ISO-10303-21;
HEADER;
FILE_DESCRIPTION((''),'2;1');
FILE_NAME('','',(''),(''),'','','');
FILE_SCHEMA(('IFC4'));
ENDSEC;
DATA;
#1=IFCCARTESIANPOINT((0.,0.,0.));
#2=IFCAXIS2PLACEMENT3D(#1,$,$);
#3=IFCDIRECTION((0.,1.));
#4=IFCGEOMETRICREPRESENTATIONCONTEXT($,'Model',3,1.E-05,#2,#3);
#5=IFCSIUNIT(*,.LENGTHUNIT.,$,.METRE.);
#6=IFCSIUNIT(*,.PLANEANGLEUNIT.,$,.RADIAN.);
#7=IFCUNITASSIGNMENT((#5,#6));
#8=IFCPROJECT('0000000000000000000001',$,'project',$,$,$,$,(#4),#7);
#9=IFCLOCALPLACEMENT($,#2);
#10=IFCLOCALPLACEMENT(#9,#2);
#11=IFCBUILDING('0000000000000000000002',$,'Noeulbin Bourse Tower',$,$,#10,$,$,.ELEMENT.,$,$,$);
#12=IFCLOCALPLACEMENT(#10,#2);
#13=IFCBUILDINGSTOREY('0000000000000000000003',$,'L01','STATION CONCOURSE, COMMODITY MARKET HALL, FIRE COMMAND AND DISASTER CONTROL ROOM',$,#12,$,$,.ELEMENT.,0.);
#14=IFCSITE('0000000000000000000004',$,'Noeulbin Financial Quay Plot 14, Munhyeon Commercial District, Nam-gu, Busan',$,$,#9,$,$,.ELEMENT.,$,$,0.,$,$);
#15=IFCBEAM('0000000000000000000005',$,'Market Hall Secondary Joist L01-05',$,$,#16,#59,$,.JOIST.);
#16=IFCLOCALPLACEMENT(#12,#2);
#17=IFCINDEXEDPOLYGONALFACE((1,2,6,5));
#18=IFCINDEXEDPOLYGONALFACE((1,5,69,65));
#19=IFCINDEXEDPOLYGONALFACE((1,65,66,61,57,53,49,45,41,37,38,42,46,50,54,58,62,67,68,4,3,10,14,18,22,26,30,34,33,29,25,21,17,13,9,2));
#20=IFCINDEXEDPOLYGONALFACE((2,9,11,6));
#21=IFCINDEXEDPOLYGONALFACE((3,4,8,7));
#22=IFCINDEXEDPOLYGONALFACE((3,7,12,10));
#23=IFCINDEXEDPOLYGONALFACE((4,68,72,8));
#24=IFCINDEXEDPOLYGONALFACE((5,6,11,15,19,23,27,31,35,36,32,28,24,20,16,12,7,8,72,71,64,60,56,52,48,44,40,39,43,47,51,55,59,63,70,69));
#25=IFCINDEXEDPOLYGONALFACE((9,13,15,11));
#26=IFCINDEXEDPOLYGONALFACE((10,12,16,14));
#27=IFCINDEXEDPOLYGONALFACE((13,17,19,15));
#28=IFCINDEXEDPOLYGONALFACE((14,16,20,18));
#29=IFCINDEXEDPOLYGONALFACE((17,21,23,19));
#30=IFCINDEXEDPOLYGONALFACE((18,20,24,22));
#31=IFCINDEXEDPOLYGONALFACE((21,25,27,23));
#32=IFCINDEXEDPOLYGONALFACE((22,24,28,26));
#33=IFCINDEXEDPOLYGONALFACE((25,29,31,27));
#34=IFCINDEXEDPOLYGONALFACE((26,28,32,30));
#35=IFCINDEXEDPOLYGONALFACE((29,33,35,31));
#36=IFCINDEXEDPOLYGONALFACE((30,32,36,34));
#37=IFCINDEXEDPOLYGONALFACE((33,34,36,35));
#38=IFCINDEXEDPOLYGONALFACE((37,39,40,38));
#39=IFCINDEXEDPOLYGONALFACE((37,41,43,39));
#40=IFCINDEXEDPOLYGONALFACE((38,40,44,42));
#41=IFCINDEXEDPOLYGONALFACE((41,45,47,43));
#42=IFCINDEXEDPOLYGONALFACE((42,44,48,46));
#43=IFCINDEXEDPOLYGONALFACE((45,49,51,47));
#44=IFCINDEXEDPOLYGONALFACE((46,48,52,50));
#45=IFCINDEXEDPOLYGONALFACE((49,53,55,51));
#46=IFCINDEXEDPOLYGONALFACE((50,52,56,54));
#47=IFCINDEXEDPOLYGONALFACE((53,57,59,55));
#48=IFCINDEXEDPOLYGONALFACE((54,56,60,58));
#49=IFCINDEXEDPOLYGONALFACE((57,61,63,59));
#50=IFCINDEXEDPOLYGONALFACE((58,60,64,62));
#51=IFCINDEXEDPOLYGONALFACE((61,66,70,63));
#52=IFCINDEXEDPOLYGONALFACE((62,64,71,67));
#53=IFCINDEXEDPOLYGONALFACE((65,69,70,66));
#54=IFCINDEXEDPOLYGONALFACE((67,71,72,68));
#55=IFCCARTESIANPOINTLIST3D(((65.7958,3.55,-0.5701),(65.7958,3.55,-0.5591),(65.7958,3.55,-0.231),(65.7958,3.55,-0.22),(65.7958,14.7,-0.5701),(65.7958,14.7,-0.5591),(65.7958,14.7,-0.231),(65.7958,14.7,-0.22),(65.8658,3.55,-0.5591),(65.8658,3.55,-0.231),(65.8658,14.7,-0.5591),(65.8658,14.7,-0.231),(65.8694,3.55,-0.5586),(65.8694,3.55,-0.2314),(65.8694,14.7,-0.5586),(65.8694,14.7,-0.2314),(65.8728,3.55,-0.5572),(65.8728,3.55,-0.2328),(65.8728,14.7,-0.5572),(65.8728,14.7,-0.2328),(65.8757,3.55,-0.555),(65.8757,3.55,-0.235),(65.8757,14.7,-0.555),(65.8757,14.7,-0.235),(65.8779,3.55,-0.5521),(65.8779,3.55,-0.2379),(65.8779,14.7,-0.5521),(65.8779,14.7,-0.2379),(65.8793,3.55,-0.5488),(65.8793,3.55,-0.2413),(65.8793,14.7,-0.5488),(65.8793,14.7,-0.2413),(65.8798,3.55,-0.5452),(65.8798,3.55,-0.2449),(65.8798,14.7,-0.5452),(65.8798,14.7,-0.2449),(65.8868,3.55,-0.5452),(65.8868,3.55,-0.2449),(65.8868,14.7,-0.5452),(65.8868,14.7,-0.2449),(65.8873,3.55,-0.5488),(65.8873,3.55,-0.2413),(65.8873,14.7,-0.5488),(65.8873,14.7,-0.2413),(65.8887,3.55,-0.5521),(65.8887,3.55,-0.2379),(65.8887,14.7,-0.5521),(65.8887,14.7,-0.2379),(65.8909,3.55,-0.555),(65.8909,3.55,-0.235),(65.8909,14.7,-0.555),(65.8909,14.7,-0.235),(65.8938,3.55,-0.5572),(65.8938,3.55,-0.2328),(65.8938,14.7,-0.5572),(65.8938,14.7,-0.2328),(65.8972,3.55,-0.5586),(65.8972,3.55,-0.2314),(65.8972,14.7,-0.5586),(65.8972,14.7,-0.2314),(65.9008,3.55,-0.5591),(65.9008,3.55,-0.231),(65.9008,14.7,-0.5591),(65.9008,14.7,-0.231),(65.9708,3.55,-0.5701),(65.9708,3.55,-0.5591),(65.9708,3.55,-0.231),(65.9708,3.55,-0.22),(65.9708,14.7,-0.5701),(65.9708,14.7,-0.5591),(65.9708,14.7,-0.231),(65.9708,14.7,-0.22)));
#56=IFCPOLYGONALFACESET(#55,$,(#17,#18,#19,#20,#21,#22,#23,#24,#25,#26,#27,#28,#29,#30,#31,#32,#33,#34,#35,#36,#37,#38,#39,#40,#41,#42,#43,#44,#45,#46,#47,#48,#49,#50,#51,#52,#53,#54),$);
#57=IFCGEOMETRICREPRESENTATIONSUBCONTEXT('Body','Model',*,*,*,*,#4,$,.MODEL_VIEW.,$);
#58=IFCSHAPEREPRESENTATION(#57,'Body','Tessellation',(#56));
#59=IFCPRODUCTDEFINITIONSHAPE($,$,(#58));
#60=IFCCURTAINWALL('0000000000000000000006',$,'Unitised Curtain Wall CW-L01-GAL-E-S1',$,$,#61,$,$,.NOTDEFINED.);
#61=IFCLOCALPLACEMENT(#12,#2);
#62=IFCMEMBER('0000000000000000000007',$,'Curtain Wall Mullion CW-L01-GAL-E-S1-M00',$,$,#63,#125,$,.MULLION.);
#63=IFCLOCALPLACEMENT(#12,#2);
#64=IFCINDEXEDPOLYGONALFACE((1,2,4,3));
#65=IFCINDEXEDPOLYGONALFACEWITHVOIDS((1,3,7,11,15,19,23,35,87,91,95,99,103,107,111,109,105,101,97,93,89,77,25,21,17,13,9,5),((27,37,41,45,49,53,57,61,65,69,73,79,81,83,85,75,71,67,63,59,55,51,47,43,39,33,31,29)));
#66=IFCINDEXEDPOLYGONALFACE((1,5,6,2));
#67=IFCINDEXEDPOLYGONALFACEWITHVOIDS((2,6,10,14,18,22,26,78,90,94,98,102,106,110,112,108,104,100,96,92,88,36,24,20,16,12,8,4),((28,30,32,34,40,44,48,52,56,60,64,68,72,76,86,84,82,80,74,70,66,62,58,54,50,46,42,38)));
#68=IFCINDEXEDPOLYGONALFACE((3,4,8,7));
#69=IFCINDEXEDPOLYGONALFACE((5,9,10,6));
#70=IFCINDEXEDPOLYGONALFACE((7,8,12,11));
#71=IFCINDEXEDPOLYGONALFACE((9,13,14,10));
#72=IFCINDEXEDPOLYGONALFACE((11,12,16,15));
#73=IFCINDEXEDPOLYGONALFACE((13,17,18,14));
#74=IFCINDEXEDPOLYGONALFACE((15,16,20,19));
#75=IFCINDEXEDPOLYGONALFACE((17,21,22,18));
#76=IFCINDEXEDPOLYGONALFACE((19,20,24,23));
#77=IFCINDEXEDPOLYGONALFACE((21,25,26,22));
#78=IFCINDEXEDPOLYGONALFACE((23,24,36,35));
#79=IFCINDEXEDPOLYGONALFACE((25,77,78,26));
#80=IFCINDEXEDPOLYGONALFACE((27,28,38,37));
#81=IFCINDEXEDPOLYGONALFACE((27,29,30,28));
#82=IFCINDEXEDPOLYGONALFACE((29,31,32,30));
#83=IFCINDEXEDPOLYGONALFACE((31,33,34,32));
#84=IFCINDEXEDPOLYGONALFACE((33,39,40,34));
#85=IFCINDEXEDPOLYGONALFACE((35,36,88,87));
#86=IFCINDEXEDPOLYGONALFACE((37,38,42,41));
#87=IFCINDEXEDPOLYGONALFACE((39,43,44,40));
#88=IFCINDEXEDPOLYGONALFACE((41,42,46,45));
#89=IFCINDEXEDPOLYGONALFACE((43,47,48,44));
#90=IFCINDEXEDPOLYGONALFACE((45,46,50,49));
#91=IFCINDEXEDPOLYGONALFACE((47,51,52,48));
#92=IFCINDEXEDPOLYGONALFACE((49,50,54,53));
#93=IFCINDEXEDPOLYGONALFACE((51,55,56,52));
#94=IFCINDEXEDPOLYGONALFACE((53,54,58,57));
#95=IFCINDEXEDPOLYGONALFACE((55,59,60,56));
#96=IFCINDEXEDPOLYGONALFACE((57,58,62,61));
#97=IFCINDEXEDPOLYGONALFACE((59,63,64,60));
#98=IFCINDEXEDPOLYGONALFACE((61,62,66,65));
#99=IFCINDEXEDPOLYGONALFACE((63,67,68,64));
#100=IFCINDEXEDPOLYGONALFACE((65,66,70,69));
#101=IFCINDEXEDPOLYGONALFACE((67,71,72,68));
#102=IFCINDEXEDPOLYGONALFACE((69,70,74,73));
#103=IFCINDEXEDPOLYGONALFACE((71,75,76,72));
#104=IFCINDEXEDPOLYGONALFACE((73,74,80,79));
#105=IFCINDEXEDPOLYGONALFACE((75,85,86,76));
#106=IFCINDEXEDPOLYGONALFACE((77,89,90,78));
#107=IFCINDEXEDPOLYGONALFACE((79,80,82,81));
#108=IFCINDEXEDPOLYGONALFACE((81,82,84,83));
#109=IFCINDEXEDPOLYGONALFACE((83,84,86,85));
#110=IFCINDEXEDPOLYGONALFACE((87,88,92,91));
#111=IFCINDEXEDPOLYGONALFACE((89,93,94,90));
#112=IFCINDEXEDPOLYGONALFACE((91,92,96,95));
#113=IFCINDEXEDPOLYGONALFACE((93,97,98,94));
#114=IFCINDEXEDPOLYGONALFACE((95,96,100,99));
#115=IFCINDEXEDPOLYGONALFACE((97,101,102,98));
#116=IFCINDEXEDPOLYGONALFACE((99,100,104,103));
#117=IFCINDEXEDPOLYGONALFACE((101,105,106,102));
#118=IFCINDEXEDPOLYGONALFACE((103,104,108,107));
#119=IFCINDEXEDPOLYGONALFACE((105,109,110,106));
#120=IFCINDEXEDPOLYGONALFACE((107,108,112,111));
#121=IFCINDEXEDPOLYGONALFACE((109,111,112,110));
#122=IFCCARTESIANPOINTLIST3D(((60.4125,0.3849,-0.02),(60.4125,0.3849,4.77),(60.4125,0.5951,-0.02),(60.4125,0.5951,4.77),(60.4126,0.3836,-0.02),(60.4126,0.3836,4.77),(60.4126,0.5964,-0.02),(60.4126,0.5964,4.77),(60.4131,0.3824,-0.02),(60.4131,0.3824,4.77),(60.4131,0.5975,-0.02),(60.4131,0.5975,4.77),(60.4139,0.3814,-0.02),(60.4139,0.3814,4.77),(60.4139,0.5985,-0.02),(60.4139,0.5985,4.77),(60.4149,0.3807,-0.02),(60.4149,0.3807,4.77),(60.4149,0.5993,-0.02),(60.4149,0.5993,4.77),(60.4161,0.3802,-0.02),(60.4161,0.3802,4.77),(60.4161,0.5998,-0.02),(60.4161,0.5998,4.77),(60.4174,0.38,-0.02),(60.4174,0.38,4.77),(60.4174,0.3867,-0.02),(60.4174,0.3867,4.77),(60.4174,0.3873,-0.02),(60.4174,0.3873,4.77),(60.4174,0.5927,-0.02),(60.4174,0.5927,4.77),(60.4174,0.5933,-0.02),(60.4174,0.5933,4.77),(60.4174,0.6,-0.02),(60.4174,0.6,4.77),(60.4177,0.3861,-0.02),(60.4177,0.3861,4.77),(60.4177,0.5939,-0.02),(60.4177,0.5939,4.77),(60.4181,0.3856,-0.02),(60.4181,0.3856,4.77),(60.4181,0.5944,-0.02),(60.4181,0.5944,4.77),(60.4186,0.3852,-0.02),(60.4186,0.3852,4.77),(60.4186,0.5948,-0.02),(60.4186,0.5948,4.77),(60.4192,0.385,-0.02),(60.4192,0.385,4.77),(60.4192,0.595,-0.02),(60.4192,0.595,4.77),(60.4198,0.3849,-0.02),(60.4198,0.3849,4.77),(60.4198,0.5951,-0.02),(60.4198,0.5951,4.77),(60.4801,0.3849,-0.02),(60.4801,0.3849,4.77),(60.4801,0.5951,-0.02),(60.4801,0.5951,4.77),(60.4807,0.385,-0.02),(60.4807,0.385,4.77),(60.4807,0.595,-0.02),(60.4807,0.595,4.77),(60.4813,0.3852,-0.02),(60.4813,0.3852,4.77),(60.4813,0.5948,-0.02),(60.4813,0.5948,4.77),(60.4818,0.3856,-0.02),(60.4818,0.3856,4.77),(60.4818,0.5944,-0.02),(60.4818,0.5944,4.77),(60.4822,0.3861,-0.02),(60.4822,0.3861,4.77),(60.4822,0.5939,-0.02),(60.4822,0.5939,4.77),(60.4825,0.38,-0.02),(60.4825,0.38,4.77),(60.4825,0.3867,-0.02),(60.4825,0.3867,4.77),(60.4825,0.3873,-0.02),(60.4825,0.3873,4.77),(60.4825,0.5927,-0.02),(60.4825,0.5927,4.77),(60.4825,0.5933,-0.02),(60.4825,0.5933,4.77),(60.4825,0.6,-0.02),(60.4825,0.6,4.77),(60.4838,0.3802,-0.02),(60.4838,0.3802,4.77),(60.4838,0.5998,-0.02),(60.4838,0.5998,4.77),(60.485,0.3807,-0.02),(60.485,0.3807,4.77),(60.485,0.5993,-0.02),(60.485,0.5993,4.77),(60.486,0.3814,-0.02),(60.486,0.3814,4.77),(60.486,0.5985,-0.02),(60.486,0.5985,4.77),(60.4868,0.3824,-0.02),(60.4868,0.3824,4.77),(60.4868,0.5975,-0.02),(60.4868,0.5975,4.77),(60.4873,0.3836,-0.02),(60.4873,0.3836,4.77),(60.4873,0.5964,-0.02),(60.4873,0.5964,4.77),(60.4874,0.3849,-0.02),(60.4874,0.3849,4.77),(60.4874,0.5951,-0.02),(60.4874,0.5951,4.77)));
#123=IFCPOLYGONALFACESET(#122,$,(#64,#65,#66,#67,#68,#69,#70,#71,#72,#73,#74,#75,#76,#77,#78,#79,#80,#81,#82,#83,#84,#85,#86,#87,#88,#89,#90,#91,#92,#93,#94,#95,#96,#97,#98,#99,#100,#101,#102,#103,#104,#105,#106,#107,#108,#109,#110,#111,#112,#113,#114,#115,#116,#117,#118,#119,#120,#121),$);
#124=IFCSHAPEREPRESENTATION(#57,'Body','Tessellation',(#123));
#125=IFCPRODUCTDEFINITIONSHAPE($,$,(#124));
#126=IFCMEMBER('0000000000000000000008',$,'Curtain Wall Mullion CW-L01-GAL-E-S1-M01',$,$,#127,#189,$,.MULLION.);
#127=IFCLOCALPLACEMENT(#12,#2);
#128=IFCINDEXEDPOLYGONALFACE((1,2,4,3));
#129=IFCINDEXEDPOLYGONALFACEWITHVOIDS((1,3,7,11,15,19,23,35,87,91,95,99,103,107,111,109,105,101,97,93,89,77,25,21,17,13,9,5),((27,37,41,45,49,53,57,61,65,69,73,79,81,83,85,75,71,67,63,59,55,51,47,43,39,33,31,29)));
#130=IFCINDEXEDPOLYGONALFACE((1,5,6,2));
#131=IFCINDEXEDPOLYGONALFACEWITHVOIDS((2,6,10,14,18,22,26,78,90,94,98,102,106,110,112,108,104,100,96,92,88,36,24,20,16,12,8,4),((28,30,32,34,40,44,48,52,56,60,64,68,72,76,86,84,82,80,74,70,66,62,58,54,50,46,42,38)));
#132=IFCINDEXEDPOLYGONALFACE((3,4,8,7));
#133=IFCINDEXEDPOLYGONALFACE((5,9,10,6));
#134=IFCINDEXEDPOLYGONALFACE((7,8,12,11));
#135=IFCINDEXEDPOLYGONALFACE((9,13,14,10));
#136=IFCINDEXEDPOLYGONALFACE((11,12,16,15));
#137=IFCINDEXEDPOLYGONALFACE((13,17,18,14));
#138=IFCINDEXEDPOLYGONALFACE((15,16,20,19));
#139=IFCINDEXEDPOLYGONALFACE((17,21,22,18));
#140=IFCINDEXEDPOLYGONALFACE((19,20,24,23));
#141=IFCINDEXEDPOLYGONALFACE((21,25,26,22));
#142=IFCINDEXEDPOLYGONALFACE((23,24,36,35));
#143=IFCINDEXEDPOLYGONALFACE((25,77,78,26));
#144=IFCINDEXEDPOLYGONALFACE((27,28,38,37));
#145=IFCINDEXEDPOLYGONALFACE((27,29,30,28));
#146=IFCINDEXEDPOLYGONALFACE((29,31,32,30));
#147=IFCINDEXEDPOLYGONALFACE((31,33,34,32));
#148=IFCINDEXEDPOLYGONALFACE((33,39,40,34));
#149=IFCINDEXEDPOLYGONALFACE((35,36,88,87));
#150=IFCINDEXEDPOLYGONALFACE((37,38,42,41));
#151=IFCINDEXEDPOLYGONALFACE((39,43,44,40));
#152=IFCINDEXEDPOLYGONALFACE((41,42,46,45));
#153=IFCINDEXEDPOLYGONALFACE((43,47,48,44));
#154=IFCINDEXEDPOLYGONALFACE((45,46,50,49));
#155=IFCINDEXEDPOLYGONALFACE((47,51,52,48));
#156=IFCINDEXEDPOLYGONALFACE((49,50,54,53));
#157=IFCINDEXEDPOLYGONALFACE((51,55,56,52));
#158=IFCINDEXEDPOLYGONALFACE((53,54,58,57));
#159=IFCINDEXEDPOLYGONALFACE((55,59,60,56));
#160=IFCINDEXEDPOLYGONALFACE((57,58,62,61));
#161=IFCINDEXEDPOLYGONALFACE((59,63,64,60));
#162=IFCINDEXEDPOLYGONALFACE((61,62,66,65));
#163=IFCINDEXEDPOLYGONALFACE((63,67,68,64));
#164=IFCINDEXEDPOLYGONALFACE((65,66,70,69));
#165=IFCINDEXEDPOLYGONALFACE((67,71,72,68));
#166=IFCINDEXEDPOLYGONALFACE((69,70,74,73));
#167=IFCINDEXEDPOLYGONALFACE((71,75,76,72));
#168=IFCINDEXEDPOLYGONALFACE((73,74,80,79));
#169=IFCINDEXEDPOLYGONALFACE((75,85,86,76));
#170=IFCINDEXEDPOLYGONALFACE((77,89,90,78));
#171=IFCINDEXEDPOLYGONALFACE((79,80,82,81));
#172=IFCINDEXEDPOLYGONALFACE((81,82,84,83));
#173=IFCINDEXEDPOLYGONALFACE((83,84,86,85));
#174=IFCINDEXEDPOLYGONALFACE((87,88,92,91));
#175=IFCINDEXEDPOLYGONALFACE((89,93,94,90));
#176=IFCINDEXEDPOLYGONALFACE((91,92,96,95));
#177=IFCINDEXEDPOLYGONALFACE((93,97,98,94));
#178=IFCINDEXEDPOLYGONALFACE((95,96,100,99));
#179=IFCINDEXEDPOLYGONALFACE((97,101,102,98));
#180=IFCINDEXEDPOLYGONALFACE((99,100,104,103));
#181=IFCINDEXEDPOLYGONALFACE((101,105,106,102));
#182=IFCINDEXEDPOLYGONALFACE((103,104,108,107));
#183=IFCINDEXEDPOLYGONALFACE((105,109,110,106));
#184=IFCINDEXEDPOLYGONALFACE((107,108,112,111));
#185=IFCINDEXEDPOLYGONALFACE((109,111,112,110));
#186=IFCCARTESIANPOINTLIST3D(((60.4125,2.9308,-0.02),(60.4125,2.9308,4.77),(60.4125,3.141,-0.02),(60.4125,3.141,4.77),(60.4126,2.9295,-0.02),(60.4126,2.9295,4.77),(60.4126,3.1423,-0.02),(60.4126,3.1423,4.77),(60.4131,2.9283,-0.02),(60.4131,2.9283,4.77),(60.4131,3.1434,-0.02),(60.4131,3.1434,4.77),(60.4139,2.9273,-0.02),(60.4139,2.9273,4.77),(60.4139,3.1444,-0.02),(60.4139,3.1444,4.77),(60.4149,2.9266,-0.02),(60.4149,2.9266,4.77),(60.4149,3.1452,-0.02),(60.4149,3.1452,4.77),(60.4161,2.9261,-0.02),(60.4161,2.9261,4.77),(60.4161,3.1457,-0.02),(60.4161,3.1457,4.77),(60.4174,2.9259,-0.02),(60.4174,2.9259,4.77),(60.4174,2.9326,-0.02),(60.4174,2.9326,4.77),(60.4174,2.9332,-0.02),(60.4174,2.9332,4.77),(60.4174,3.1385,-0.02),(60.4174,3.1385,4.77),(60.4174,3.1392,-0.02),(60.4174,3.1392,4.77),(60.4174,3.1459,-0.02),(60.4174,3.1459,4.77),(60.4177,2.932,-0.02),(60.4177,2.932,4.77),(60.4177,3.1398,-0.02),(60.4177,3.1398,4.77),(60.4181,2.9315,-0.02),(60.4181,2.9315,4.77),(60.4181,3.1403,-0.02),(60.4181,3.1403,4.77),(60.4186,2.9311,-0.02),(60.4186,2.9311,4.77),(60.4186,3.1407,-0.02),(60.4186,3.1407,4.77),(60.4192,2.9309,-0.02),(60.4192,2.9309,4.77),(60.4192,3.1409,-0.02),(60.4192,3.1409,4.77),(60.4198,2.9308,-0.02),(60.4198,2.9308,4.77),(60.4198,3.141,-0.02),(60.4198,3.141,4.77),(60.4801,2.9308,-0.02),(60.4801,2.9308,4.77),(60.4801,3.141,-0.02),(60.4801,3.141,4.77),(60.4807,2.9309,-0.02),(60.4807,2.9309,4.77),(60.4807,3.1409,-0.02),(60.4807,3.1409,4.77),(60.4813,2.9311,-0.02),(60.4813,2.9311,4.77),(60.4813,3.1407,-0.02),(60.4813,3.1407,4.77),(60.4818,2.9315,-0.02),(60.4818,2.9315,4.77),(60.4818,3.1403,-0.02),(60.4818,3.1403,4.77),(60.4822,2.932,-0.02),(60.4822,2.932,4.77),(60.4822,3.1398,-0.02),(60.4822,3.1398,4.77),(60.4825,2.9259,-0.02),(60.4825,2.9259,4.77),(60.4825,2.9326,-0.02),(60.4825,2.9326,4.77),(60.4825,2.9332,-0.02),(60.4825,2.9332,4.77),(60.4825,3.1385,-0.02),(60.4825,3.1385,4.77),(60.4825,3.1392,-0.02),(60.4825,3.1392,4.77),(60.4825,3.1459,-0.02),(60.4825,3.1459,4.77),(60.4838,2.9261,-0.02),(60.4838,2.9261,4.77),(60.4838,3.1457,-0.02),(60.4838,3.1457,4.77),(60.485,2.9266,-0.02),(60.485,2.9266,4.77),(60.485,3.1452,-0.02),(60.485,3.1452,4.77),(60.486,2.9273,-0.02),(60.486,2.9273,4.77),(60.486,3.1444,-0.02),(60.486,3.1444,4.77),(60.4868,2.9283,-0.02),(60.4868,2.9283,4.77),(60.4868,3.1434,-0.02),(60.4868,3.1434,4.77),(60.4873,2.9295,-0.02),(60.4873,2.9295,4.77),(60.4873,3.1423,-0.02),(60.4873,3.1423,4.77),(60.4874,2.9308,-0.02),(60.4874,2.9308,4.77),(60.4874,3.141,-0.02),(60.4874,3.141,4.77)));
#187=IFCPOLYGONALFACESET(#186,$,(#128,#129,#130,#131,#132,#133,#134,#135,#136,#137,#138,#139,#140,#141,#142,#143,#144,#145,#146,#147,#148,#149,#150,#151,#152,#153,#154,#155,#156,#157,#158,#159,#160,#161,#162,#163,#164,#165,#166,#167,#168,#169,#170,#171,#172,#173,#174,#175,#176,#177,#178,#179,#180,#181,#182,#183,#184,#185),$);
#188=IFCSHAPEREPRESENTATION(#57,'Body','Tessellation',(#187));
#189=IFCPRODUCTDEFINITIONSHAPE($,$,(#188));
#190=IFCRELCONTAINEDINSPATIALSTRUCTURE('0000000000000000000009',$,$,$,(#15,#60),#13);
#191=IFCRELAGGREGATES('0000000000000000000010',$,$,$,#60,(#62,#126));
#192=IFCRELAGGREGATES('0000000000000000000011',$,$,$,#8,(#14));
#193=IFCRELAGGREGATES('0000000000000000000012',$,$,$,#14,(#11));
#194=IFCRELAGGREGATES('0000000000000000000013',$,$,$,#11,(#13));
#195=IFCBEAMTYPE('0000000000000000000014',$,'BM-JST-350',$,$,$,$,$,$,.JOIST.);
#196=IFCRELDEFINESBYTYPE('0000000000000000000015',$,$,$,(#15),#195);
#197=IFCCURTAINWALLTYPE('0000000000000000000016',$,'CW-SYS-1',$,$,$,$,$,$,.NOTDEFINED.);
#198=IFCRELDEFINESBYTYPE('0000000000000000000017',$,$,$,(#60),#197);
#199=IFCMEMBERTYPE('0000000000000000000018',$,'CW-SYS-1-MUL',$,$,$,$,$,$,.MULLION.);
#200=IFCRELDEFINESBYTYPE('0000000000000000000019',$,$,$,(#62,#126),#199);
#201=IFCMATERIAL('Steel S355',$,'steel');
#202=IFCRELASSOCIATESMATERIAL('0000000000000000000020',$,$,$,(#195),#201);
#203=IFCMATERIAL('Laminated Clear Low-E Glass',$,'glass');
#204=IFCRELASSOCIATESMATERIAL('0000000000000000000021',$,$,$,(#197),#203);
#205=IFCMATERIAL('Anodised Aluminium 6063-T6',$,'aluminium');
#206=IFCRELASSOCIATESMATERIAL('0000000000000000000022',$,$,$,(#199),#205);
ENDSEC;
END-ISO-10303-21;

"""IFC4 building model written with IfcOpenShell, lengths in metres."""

from ifc_helpers import new_model, si_unit, direction, frame, origin, origin_2d, place, context, subcontext, project, spatial, hollow_rectangle, i_section, extrude, material, material_profile, profile_set, type_object, element, aggregate, save


model = new_model("IFC4")

# Units and contexts
model_context = context("Model", 3, precision=1e-05, world=origin(), true_north=direction((0.0, 1.0)))
body_context = subcontext(model_context, "Body", "Model", "MODEL_VIEW")
ifc_project = project(units=[si_unit("LENGTHUNIT", "METRE"), si_unit("PLANEANGLEUNIT", "RADIAN")], contexts=[model_context])

# Site, building, storey
site_placement = place(None, origin())
site = spatial("IfcSite", under=ifc_project, at=site_placement, Name="Noeulbin Financial Quay Plot 14, Munhyeon Commercial District, Nam-gu, Busan", CompositionType="ELEMENT", RefElevation=0.0)
building_placement = place(site_placement, origin())
building = spatial("IfcBuilding", under=site, at=building_placement, Name="Noeulbin Bourse Tower", CompositionType="ELEMENT")
storey_placement = place(building_placement, origin())
storey = spatial("IfcBuildingStorey", under=building, at=storey_placement, Name="L01", Description="STATION CONCOURSE, COMMODITY MARKET HALL, FIRE COMMAND AND DISASTER CONTROL ROOM", CompositionType="ELEMENT", Elevation=0.0)

# Shared definitions
ifc_material_1 = material(Name="Steel S355", Category="steel")

# Beam
ifc_material_profile_1 = material_profile(ifc_material_1, i_section(OverallWidth=0.175, OverallDepth=0.3501, WebThickness=0.0071, FlangeThickness=0.011, FilletRadius=0.0139, at=origin_2d()), Name="H-350x175x7x11", Category="LoadBearing")
ifc_profile_set_1 = profile_set([ifc_material_profile_1], Name="Steel S355")
beam_type_1 = type_object("IfcBeamType", Name="BM-JST-350", PredefinedType="JOIST", material=ifc_profile_set_1)
for number, where, z_axis, x_axis, name in (
    (1, (65.8833, 3.55, -0.395), (0.0, 1.0, 0.0), (-1.0, 0.0, 0.0), "Market Hall Secondary Joist L01-05"),
):
    element("IfcBeam", number, at=place(storey_placement, frame(where, z_axis=z_axis, x_axis=x_axis)), inside=storey, type_object=beam_type_1, Name=name, PredefinedType="JOIST", context=body_context, shape_type="SweptSolid", body=[
        extrude(i_section(OverallWidth=0.175, OverallDepth=0.3501, WebThickness=0.0071, FlangeThickness=0.011, FilletRadius=0.0139, at=origin_2d()), origin(), (0.0, 0.0, 1.0), 11.1499),
    ])

# Curtain wall, members
ifc_material_2 = material(Name="Laminated Clear Low-E Glass", Category="glass")
curtain_wall_type = type_object("IfcCurtainWallType", Name="CW-SYS-1", PredefinedType="NOTDEFINED", material=ifc_material_2)
curtain_wall_1_placement = place(storey_placement, origin())
curtain_wall_1 = element("IfcCurtainWall", 2, at=curtain_wall_1_placement, inside=storey, type_object=curtain_wall_type, Name="Unitised Curtain Wall CW-L01-GAL-E-S1", PredefinedType="NOTDEFINED")
ifc_material_3 = material(Name="Anodised Aluminium 6063-T6", Category="aluminium")
ifc_material_profile_2 = material_profile(ifc_material_3, hollow_rectangle(XDim=0.075, YDim=0.22, WallThickness=0.0049, InnerFilletRadius=0.0024, OuterFilletRadius=0.0049, at=origin_2d()), Name="ALU-MULL-75x220x5", Category="LoadBearing")
ifc_profile_set_2 = profile_set([ifc_material_profile_2], Name="Anodised Aluminium 6063-T6")
member_type_1 = type_object("IfcMemberType", Name="CW-SYS-1-MUL", PredefinedType="MULLION", material=ifc_profile_set_2)
member_1_placement = place(storey_placement, frame((60.45, 0.49, -0.02), z_axis=(0.0, 0.0, 1.0), x_axis=(1.0, 0.0, 0.0)))
member_1 = element("IfcMember", 3, at=member_1_placement, type_object=member_type_1, Name="Curtain Wall Mullion CW-L01-GAL-E-S1-M00", PredefinedType="MULLION", context=body_context, shape_type="SweptSolid", body=[
    extrude(hollow_rectangle(XDim=0.075, YDim=0.22, WallThickness=0.0049, InnerFilletRadius=0.0024, OuterFilletRadius=0.0049, at=origin_2d()), origin(), (0.0, 0.0, 1.0), 4.79),
])
member_2_placement = place(storey_placement, frame((60.45, 3.0359, -0.02), z_axis=(0.0, 0.0, 1.0), x_axis=(1.0, 0.0, 0.0)))
member_2 = element("IfcMember", 4, at=member_2_placement, type_object=member_type_1, Name="Curtain Wall Mullion CW-L01-GAL-E-S1-M01", PredefinedType="MULLION", context=body_context, shape_type="SweptSolid", body=[
    extrude(hollow_rectangle(XDim=0.075, YDim=0.22, WallThickness=0.0049, InnerFilletRadius=0.0024, OuterFilletRadius=0.0049, at=origin_2d()), origin(), (0.0, 0.0, 1.0), 4.79),
])

aggregate(curtain_wall_1, [member_1, member_2])

save(model, "model.ifc")
